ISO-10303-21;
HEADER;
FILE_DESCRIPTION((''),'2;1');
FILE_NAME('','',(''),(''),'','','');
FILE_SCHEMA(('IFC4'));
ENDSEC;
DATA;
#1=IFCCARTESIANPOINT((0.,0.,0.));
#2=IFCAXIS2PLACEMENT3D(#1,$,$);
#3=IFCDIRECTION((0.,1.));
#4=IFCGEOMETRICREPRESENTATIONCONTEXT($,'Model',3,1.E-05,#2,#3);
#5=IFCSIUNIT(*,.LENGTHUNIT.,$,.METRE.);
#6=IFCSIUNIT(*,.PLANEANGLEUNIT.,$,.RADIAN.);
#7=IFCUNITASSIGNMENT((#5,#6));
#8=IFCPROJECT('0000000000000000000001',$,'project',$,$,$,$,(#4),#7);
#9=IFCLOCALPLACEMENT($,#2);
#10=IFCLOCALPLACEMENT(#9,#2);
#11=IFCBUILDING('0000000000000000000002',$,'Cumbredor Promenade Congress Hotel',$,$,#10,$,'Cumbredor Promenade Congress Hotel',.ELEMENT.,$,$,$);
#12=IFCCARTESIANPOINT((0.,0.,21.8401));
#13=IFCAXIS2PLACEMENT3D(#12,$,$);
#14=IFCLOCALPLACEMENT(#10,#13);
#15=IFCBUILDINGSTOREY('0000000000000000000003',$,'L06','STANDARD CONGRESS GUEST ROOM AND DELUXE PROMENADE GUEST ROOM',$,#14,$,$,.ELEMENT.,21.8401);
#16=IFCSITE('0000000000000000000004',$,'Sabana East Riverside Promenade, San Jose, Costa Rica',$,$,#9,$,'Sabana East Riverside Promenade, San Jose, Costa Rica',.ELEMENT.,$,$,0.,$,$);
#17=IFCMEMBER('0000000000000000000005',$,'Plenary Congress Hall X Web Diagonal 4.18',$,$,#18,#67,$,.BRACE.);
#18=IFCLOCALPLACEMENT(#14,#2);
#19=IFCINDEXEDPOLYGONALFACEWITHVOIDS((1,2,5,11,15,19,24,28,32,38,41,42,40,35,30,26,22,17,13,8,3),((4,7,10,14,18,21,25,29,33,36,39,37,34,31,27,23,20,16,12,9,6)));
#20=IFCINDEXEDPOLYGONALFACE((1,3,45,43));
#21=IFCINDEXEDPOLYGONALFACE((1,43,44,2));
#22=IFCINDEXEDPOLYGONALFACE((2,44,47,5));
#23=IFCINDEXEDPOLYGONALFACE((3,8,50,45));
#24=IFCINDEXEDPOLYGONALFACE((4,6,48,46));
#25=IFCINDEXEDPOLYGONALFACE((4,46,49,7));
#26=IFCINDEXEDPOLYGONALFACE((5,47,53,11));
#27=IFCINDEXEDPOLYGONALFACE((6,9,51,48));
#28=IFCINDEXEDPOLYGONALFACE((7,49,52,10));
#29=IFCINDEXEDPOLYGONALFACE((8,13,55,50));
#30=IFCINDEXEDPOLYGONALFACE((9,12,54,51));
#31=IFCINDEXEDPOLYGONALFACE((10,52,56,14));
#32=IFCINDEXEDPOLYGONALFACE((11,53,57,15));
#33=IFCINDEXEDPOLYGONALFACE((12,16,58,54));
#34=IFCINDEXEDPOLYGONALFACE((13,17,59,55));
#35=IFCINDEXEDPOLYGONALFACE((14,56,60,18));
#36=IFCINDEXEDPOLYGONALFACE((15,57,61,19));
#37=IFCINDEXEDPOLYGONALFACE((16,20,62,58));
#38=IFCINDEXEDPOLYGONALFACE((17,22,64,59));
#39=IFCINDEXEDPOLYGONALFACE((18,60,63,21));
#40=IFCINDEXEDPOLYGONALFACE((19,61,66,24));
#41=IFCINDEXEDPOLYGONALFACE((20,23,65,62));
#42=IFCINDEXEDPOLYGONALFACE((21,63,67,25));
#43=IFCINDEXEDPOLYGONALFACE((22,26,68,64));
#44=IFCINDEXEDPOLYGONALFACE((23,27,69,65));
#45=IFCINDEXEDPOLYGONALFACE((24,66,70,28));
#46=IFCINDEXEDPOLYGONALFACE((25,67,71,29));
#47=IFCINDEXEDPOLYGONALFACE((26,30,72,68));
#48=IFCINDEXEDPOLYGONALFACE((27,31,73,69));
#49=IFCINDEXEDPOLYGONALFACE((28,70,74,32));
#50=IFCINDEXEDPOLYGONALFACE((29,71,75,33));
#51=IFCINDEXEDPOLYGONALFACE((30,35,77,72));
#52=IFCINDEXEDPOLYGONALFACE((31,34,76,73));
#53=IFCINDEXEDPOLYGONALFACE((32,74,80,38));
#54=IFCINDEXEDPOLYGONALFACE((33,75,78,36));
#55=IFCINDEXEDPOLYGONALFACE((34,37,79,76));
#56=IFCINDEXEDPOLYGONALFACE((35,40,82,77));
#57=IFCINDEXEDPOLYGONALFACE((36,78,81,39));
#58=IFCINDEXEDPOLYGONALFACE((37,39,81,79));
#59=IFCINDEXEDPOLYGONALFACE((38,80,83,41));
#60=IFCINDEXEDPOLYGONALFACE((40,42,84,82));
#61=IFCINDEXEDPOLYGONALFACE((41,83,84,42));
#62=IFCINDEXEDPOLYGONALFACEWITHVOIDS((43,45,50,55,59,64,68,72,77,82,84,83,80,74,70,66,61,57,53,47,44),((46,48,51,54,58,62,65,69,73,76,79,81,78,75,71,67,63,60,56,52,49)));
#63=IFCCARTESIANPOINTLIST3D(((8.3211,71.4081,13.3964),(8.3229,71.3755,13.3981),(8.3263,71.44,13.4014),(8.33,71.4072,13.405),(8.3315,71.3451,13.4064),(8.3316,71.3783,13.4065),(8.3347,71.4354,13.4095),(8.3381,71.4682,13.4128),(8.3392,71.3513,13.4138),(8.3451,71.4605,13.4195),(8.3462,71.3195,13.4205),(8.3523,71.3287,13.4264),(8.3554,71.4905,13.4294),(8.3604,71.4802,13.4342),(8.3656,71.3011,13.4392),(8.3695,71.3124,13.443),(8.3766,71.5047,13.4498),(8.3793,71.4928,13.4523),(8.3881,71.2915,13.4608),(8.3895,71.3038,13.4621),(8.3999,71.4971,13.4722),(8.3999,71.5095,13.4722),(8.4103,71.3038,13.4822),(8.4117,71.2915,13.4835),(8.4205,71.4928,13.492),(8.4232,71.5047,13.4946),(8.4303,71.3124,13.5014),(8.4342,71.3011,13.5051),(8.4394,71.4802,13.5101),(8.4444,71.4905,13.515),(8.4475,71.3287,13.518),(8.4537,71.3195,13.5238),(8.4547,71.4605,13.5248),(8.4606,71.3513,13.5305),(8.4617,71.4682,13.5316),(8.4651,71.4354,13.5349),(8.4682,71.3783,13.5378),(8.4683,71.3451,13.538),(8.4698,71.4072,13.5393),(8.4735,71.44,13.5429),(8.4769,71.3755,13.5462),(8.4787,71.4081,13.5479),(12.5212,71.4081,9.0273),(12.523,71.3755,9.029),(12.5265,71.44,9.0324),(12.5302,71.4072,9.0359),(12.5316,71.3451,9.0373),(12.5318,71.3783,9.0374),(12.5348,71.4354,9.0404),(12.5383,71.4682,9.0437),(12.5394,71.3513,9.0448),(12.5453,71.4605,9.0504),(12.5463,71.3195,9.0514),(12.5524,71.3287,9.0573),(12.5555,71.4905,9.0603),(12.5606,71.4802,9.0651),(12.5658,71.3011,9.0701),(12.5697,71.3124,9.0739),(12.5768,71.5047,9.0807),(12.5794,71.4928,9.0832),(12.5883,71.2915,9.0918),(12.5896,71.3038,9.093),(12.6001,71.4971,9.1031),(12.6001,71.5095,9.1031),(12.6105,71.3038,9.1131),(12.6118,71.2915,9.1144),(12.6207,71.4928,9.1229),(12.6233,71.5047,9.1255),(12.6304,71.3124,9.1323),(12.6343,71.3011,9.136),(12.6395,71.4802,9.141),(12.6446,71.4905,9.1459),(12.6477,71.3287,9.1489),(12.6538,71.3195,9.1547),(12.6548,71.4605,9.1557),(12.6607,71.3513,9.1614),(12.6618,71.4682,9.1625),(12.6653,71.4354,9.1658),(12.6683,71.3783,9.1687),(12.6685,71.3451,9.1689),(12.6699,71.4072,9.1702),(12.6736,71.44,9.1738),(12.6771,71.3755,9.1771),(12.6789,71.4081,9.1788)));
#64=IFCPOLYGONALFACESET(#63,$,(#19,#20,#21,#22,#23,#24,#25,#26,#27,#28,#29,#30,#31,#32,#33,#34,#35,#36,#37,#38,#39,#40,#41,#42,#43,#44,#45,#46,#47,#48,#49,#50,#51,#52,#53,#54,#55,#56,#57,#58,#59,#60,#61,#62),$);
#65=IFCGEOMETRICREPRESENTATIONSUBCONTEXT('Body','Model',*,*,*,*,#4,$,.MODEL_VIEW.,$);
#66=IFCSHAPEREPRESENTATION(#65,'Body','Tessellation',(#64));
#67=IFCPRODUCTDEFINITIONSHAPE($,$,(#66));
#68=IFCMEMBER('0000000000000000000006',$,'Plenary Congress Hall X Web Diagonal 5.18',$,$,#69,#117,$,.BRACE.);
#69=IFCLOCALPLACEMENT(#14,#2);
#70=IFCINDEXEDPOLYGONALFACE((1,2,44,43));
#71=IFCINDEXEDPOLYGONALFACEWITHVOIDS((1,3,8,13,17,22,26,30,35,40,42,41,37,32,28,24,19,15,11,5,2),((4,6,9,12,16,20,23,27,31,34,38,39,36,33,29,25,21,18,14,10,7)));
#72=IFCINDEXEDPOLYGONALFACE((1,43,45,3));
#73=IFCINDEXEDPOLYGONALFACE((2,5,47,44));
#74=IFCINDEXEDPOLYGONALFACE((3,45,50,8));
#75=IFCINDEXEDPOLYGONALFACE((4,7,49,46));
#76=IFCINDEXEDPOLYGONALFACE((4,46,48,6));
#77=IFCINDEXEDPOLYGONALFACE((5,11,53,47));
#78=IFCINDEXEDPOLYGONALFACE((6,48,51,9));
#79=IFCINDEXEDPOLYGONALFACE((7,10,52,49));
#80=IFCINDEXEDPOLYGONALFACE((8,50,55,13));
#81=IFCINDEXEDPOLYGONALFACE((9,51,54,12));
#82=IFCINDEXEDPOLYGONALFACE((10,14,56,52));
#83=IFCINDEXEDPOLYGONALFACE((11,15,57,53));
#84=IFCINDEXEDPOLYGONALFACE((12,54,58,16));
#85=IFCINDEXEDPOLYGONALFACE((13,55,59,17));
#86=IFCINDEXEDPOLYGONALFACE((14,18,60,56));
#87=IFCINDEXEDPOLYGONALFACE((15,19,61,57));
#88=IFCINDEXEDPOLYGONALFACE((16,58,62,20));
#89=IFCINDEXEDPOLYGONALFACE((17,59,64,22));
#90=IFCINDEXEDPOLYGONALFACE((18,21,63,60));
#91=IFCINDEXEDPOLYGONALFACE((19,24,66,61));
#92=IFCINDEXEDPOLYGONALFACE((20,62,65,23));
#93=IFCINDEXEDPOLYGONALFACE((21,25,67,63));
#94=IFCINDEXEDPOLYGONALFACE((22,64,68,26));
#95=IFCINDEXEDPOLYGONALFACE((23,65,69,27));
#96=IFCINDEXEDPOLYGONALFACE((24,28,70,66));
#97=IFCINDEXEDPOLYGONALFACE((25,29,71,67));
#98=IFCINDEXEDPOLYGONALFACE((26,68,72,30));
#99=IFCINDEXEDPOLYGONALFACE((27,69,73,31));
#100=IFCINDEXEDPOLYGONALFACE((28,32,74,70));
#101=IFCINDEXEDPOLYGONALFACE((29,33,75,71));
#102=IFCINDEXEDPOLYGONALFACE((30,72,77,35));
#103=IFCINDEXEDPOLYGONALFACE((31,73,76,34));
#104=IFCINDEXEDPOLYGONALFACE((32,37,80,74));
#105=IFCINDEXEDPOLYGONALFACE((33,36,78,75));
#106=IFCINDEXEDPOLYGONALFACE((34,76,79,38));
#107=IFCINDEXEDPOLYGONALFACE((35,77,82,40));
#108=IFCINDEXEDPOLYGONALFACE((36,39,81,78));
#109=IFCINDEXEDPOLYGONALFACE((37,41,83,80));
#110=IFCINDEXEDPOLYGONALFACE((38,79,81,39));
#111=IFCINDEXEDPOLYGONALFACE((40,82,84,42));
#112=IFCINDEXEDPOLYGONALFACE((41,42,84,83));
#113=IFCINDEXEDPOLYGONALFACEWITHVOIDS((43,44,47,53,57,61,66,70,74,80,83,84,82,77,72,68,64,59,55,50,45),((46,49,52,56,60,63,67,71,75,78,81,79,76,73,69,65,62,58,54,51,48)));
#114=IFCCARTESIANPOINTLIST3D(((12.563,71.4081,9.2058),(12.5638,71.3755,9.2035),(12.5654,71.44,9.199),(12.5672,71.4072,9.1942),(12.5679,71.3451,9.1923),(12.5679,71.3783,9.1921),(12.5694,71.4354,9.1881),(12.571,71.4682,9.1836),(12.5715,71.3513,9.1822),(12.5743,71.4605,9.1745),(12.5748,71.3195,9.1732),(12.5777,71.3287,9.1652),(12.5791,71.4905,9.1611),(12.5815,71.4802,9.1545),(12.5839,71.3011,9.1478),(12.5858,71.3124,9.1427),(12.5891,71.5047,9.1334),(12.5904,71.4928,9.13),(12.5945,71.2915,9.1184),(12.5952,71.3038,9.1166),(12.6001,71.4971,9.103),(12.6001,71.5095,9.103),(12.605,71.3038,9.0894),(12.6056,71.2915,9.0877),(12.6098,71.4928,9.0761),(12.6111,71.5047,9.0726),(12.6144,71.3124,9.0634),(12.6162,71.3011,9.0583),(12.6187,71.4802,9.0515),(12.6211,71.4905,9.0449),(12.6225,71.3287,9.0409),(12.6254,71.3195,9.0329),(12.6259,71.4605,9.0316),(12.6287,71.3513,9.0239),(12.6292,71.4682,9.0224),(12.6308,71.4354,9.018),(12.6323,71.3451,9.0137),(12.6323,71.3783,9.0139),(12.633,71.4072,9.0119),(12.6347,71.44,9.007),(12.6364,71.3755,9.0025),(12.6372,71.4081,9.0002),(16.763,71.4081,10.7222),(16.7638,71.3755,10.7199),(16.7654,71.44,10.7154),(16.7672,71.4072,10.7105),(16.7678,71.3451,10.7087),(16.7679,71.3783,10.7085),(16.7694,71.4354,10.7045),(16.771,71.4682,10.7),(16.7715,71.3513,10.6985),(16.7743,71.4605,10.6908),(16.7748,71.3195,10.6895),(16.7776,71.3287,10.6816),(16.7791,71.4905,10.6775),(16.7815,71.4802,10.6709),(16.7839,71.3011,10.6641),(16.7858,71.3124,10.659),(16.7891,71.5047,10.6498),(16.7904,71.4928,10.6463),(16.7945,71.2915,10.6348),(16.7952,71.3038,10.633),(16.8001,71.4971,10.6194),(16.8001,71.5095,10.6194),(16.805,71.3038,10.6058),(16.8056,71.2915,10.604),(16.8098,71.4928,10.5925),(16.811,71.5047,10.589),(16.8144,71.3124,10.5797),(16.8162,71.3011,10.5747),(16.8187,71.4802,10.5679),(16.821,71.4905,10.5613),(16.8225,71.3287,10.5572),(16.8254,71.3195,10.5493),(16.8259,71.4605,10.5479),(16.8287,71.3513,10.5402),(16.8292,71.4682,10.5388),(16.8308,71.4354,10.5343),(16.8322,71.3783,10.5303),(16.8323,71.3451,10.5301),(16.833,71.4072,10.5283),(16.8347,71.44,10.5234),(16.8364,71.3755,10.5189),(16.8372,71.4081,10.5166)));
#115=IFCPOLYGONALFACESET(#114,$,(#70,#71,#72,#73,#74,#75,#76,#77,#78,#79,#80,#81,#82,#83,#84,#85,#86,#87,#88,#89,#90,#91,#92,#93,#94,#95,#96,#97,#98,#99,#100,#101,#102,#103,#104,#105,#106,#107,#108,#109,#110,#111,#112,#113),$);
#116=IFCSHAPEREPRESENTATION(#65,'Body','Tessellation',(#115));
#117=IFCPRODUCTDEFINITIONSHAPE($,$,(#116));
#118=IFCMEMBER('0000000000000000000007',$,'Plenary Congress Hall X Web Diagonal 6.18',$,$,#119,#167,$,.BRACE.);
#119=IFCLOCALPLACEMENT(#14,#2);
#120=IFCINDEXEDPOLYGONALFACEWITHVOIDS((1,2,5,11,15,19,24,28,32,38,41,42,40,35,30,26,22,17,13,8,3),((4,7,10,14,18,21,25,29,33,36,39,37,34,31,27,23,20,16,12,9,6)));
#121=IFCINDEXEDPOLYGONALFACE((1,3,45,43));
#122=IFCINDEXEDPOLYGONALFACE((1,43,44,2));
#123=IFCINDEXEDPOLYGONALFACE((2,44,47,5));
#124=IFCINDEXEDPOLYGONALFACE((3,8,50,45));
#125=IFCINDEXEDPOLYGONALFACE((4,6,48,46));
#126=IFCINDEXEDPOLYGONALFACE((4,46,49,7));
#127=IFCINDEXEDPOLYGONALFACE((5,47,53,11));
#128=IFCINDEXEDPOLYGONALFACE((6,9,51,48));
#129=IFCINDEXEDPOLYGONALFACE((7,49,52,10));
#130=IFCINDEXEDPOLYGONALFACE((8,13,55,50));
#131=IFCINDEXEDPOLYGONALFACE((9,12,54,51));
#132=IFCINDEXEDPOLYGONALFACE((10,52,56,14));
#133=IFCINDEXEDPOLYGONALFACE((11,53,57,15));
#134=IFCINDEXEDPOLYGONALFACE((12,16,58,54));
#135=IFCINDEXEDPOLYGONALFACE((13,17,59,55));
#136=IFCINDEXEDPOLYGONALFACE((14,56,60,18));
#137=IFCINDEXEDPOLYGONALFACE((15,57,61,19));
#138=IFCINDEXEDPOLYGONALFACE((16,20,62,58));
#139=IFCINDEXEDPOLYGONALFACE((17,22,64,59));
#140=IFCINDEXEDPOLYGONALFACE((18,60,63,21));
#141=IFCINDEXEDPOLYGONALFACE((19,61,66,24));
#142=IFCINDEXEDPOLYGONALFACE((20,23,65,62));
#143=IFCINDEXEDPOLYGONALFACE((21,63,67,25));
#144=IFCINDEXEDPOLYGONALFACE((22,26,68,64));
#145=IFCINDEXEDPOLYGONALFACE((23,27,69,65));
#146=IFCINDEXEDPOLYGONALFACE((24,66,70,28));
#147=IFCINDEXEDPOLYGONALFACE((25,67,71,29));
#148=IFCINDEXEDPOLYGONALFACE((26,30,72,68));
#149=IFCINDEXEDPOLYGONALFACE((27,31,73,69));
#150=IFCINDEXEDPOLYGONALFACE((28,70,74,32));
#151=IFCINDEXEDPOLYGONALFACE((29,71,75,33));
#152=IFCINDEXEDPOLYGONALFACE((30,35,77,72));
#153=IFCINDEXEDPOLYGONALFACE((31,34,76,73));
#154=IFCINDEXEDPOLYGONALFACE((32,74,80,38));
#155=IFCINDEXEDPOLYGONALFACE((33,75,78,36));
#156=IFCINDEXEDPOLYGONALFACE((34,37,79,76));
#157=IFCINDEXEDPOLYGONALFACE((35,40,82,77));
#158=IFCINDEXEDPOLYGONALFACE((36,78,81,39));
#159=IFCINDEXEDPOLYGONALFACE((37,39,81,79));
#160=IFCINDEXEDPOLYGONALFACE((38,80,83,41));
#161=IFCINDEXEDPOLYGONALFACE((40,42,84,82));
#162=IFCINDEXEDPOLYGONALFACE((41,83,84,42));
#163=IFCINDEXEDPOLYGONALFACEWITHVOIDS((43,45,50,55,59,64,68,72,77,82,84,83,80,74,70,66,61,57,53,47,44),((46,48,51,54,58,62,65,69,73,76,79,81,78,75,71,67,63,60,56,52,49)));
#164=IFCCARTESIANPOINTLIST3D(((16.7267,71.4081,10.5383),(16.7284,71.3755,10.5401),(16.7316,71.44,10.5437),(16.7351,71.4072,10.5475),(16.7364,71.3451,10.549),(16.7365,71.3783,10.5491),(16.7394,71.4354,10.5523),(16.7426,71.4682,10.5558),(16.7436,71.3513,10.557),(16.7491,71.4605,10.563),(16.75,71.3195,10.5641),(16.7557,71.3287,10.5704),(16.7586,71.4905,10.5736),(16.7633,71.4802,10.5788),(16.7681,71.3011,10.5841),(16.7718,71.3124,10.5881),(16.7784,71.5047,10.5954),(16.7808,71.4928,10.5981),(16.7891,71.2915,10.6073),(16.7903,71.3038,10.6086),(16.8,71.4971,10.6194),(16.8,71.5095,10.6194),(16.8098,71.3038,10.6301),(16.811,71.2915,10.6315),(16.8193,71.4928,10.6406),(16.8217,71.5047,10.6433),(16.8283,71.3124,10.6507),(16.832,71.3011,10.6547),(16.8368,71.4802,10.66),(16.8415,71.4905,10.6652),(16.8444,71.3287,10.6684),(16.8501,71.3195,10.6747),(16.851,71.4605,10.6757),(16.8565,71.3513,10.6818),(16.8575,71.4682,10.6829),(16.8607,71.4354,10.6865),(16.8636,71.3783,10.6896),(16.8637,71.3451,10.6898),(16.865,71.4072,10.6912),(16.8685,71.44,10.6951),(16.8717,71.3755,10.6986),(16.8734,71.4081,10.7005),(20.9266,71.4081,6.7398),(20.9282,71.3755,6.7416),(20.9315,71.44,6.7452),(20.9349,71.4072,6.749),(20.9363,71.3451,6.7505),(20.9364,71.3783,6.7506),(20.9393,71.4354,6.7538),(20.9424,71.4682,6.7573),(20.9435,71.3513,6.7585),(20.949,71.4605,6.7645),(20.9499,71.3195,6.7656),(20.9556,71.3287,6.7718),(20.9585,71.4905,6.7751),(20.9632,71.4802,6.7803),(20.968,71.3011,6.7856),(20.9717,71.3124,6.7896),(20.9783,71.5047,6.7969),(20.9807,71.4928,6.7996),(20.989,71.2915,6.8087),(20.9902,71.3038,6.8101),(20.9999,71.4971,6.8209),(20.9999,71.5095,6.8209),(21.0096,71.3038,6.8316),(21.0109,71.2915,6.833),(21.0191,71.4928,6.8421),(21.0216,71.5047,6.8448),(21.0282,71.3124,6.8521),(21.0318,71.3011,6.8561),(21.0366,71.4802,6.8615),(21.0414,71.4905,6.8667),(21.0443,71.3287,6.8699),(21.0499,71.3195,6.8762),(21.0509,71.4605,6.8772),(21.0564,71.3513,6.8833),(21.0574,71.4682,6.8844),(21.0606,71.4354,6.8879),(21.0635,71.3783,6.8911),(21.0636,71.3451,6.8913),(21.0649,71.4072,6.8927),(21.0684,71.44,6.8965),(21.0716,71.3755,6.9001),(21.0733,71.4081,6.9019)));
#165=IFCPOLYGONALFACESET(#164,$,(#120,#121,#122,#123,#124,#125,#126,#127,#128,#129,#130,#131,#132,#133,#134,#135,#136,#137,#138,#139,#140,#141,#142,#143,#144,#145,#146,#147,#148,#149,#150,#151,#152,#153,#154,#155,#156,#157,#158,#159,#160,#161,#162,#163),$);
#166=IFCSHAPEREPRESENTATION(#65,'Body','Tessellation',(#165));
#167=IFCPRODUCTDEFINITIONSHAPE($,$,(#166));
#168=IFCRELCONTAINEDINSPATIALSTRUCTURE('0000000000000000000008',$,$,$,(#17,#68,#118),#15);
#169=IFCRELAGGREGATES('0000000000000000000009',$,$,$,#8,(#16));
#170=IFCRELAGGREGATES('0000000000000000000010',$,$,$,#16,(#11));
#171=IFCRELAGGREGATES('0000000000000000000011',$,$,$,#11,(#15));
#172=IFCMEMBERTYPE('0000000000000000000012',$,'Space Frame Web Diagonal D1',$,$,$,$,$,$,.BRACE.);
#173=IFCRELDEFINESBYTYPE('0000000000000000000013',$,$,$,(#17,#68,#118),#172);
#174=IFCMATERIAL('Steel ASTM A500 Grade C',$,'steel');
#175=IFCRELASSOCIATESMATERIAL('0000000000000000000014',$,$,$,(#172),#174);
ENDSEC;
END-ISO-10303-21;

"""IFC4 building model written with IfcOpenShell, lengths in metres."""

from ifc_helpers import new_model, si_unit, direction, frame, origin, origin_2d, place, context, subcontext, project, spatial, hollow_circle, extrude, material, material_profile, profile_set, type_object, element, save


model = new_model("IFC4")

# Units and contexts
model_context = context("Model", 3, precision=1e-05, world=origin(), true_north=direction((0.0, 1.0)))
body_context = subcontext(model_context, "Body", "Model", "MODEL_VIEW")
ifc_project = project(units=[si_unit("LENGTHUNIT", "METRE"), si_unit("PLANEANGLEUNIT", "RADIAN")], contexts=[model_context])

# Site, building, storey
site_placement = place(None, origin())
site = spatial("IfcSite", under=ifc_project, at=site_placement, Name="Sabana East Riverside Promenade, San Jose, Costa Rica", LongName="Sabana East Riverside Promenade, San Jose, Costa Rica", CompositionType="ELEMENT", RefElevation=0.0)
building_placement = place(site_placement, origin())
building = spatial("IfcBuilding", under=site, at=building_placement, Name="Cumbredor Promenade Congress Hotel", LongName="Cumbredor Promenade Congress Hotel", CompositionType="ELEMENT")
storey_placement = place(building_placement, frame((0.0, 0.0, 21.8401)))
storey = spatial("IfcBuildingStorey", under=building, at=storey_placement, Name="L06", Description="STANDARD CONGRESS GUEST ROOM AND DELUXE PROMENADE GUEST ROOM", CompositionType="ELEMENT", Elevation=21.8401)

# Members
ifc_material_1 = material(Name="Steel ASTM A500 Grade C", Category="steel")
ifc_material_profile_1 = material_profile(ifc_material_1, hollow_circle(Radius=0.1096, WallThickness=0.0125, at=origin_2d()), Name="CHS 219.1x12.5")
ifc_profile_set_1 = profile_set([ifc_material_profile_1], Name="Steel ASTM A500 Grade C")
member_type_1 = type_object("IfcMemberType", Name="Space Frame Web Diagonal D1", PredefinedType="BRACE", material=ifc_profile_set_1)
member_1_placement = place(storey_placement, frame((8.3999, 71.3999, 13.4722), z_axis=(0.693031, 0.0, -0.720907), x_axis=(0.0, 1.0, 0.0)))
element("IfcMember", 1, at=member_1_placement, inside=storey, type_object=member_type_1, Name="Plenary Congress Hall X Web Diagonal 4.18", PredefinedType="BRACE", context=body_context, shape_type="SweptSolid", body=[
    extrude(hollow_circle(Radius=0.1096, WallThickness=0.0125, at=origin_2d()), origin(), (0.0, 0.0, 1.0), 6.0605),
])
member_2_placement = place(storey_placement, frame((12.6001, 71.3999, 9.103), z_axis=(0.940575, 0.0, 0.339587), x_axis=(0.0, 1.0, 0.0)))
element("IfcMember", 2, at=member_2_placement, inside=storey, type_object=member_type_1, Name="Plenary Congress Hall X Web Diagonal 5.18", PredefinedType="BRACE", context=body_context, shape_type="SweptSolid", body=[
    extrude(hollow_circle(Radius=0.1096, WallThickness=0.0125, at=origin_2d()), origin(), (0.0, 0.0, 1.0), 4.4653),
])
member_3_placement = place(storey_placement, frame((16.8, 71.3999, 10.6194), z_axis=(0.741656, 0.0, -0.67078), x_axis=(0.0, 1.0, 0.0)))
element("IfcMember", 3, at=member_3_placement, inside=storey, type_object=member_type_1, Name="Plenary Congress Hall X Web Diagonal 6.18", PredefinedType="BRACE", context=body_context, shape_type="SweptSolid", body=[
    extrude(hollow_circle(Radius=0.1096, WallThickness=0.0125, at=origin_2d()), origin(), (0.0, 0.0, 1.0), 5.6628),
])

save(model, "model.ifc")
